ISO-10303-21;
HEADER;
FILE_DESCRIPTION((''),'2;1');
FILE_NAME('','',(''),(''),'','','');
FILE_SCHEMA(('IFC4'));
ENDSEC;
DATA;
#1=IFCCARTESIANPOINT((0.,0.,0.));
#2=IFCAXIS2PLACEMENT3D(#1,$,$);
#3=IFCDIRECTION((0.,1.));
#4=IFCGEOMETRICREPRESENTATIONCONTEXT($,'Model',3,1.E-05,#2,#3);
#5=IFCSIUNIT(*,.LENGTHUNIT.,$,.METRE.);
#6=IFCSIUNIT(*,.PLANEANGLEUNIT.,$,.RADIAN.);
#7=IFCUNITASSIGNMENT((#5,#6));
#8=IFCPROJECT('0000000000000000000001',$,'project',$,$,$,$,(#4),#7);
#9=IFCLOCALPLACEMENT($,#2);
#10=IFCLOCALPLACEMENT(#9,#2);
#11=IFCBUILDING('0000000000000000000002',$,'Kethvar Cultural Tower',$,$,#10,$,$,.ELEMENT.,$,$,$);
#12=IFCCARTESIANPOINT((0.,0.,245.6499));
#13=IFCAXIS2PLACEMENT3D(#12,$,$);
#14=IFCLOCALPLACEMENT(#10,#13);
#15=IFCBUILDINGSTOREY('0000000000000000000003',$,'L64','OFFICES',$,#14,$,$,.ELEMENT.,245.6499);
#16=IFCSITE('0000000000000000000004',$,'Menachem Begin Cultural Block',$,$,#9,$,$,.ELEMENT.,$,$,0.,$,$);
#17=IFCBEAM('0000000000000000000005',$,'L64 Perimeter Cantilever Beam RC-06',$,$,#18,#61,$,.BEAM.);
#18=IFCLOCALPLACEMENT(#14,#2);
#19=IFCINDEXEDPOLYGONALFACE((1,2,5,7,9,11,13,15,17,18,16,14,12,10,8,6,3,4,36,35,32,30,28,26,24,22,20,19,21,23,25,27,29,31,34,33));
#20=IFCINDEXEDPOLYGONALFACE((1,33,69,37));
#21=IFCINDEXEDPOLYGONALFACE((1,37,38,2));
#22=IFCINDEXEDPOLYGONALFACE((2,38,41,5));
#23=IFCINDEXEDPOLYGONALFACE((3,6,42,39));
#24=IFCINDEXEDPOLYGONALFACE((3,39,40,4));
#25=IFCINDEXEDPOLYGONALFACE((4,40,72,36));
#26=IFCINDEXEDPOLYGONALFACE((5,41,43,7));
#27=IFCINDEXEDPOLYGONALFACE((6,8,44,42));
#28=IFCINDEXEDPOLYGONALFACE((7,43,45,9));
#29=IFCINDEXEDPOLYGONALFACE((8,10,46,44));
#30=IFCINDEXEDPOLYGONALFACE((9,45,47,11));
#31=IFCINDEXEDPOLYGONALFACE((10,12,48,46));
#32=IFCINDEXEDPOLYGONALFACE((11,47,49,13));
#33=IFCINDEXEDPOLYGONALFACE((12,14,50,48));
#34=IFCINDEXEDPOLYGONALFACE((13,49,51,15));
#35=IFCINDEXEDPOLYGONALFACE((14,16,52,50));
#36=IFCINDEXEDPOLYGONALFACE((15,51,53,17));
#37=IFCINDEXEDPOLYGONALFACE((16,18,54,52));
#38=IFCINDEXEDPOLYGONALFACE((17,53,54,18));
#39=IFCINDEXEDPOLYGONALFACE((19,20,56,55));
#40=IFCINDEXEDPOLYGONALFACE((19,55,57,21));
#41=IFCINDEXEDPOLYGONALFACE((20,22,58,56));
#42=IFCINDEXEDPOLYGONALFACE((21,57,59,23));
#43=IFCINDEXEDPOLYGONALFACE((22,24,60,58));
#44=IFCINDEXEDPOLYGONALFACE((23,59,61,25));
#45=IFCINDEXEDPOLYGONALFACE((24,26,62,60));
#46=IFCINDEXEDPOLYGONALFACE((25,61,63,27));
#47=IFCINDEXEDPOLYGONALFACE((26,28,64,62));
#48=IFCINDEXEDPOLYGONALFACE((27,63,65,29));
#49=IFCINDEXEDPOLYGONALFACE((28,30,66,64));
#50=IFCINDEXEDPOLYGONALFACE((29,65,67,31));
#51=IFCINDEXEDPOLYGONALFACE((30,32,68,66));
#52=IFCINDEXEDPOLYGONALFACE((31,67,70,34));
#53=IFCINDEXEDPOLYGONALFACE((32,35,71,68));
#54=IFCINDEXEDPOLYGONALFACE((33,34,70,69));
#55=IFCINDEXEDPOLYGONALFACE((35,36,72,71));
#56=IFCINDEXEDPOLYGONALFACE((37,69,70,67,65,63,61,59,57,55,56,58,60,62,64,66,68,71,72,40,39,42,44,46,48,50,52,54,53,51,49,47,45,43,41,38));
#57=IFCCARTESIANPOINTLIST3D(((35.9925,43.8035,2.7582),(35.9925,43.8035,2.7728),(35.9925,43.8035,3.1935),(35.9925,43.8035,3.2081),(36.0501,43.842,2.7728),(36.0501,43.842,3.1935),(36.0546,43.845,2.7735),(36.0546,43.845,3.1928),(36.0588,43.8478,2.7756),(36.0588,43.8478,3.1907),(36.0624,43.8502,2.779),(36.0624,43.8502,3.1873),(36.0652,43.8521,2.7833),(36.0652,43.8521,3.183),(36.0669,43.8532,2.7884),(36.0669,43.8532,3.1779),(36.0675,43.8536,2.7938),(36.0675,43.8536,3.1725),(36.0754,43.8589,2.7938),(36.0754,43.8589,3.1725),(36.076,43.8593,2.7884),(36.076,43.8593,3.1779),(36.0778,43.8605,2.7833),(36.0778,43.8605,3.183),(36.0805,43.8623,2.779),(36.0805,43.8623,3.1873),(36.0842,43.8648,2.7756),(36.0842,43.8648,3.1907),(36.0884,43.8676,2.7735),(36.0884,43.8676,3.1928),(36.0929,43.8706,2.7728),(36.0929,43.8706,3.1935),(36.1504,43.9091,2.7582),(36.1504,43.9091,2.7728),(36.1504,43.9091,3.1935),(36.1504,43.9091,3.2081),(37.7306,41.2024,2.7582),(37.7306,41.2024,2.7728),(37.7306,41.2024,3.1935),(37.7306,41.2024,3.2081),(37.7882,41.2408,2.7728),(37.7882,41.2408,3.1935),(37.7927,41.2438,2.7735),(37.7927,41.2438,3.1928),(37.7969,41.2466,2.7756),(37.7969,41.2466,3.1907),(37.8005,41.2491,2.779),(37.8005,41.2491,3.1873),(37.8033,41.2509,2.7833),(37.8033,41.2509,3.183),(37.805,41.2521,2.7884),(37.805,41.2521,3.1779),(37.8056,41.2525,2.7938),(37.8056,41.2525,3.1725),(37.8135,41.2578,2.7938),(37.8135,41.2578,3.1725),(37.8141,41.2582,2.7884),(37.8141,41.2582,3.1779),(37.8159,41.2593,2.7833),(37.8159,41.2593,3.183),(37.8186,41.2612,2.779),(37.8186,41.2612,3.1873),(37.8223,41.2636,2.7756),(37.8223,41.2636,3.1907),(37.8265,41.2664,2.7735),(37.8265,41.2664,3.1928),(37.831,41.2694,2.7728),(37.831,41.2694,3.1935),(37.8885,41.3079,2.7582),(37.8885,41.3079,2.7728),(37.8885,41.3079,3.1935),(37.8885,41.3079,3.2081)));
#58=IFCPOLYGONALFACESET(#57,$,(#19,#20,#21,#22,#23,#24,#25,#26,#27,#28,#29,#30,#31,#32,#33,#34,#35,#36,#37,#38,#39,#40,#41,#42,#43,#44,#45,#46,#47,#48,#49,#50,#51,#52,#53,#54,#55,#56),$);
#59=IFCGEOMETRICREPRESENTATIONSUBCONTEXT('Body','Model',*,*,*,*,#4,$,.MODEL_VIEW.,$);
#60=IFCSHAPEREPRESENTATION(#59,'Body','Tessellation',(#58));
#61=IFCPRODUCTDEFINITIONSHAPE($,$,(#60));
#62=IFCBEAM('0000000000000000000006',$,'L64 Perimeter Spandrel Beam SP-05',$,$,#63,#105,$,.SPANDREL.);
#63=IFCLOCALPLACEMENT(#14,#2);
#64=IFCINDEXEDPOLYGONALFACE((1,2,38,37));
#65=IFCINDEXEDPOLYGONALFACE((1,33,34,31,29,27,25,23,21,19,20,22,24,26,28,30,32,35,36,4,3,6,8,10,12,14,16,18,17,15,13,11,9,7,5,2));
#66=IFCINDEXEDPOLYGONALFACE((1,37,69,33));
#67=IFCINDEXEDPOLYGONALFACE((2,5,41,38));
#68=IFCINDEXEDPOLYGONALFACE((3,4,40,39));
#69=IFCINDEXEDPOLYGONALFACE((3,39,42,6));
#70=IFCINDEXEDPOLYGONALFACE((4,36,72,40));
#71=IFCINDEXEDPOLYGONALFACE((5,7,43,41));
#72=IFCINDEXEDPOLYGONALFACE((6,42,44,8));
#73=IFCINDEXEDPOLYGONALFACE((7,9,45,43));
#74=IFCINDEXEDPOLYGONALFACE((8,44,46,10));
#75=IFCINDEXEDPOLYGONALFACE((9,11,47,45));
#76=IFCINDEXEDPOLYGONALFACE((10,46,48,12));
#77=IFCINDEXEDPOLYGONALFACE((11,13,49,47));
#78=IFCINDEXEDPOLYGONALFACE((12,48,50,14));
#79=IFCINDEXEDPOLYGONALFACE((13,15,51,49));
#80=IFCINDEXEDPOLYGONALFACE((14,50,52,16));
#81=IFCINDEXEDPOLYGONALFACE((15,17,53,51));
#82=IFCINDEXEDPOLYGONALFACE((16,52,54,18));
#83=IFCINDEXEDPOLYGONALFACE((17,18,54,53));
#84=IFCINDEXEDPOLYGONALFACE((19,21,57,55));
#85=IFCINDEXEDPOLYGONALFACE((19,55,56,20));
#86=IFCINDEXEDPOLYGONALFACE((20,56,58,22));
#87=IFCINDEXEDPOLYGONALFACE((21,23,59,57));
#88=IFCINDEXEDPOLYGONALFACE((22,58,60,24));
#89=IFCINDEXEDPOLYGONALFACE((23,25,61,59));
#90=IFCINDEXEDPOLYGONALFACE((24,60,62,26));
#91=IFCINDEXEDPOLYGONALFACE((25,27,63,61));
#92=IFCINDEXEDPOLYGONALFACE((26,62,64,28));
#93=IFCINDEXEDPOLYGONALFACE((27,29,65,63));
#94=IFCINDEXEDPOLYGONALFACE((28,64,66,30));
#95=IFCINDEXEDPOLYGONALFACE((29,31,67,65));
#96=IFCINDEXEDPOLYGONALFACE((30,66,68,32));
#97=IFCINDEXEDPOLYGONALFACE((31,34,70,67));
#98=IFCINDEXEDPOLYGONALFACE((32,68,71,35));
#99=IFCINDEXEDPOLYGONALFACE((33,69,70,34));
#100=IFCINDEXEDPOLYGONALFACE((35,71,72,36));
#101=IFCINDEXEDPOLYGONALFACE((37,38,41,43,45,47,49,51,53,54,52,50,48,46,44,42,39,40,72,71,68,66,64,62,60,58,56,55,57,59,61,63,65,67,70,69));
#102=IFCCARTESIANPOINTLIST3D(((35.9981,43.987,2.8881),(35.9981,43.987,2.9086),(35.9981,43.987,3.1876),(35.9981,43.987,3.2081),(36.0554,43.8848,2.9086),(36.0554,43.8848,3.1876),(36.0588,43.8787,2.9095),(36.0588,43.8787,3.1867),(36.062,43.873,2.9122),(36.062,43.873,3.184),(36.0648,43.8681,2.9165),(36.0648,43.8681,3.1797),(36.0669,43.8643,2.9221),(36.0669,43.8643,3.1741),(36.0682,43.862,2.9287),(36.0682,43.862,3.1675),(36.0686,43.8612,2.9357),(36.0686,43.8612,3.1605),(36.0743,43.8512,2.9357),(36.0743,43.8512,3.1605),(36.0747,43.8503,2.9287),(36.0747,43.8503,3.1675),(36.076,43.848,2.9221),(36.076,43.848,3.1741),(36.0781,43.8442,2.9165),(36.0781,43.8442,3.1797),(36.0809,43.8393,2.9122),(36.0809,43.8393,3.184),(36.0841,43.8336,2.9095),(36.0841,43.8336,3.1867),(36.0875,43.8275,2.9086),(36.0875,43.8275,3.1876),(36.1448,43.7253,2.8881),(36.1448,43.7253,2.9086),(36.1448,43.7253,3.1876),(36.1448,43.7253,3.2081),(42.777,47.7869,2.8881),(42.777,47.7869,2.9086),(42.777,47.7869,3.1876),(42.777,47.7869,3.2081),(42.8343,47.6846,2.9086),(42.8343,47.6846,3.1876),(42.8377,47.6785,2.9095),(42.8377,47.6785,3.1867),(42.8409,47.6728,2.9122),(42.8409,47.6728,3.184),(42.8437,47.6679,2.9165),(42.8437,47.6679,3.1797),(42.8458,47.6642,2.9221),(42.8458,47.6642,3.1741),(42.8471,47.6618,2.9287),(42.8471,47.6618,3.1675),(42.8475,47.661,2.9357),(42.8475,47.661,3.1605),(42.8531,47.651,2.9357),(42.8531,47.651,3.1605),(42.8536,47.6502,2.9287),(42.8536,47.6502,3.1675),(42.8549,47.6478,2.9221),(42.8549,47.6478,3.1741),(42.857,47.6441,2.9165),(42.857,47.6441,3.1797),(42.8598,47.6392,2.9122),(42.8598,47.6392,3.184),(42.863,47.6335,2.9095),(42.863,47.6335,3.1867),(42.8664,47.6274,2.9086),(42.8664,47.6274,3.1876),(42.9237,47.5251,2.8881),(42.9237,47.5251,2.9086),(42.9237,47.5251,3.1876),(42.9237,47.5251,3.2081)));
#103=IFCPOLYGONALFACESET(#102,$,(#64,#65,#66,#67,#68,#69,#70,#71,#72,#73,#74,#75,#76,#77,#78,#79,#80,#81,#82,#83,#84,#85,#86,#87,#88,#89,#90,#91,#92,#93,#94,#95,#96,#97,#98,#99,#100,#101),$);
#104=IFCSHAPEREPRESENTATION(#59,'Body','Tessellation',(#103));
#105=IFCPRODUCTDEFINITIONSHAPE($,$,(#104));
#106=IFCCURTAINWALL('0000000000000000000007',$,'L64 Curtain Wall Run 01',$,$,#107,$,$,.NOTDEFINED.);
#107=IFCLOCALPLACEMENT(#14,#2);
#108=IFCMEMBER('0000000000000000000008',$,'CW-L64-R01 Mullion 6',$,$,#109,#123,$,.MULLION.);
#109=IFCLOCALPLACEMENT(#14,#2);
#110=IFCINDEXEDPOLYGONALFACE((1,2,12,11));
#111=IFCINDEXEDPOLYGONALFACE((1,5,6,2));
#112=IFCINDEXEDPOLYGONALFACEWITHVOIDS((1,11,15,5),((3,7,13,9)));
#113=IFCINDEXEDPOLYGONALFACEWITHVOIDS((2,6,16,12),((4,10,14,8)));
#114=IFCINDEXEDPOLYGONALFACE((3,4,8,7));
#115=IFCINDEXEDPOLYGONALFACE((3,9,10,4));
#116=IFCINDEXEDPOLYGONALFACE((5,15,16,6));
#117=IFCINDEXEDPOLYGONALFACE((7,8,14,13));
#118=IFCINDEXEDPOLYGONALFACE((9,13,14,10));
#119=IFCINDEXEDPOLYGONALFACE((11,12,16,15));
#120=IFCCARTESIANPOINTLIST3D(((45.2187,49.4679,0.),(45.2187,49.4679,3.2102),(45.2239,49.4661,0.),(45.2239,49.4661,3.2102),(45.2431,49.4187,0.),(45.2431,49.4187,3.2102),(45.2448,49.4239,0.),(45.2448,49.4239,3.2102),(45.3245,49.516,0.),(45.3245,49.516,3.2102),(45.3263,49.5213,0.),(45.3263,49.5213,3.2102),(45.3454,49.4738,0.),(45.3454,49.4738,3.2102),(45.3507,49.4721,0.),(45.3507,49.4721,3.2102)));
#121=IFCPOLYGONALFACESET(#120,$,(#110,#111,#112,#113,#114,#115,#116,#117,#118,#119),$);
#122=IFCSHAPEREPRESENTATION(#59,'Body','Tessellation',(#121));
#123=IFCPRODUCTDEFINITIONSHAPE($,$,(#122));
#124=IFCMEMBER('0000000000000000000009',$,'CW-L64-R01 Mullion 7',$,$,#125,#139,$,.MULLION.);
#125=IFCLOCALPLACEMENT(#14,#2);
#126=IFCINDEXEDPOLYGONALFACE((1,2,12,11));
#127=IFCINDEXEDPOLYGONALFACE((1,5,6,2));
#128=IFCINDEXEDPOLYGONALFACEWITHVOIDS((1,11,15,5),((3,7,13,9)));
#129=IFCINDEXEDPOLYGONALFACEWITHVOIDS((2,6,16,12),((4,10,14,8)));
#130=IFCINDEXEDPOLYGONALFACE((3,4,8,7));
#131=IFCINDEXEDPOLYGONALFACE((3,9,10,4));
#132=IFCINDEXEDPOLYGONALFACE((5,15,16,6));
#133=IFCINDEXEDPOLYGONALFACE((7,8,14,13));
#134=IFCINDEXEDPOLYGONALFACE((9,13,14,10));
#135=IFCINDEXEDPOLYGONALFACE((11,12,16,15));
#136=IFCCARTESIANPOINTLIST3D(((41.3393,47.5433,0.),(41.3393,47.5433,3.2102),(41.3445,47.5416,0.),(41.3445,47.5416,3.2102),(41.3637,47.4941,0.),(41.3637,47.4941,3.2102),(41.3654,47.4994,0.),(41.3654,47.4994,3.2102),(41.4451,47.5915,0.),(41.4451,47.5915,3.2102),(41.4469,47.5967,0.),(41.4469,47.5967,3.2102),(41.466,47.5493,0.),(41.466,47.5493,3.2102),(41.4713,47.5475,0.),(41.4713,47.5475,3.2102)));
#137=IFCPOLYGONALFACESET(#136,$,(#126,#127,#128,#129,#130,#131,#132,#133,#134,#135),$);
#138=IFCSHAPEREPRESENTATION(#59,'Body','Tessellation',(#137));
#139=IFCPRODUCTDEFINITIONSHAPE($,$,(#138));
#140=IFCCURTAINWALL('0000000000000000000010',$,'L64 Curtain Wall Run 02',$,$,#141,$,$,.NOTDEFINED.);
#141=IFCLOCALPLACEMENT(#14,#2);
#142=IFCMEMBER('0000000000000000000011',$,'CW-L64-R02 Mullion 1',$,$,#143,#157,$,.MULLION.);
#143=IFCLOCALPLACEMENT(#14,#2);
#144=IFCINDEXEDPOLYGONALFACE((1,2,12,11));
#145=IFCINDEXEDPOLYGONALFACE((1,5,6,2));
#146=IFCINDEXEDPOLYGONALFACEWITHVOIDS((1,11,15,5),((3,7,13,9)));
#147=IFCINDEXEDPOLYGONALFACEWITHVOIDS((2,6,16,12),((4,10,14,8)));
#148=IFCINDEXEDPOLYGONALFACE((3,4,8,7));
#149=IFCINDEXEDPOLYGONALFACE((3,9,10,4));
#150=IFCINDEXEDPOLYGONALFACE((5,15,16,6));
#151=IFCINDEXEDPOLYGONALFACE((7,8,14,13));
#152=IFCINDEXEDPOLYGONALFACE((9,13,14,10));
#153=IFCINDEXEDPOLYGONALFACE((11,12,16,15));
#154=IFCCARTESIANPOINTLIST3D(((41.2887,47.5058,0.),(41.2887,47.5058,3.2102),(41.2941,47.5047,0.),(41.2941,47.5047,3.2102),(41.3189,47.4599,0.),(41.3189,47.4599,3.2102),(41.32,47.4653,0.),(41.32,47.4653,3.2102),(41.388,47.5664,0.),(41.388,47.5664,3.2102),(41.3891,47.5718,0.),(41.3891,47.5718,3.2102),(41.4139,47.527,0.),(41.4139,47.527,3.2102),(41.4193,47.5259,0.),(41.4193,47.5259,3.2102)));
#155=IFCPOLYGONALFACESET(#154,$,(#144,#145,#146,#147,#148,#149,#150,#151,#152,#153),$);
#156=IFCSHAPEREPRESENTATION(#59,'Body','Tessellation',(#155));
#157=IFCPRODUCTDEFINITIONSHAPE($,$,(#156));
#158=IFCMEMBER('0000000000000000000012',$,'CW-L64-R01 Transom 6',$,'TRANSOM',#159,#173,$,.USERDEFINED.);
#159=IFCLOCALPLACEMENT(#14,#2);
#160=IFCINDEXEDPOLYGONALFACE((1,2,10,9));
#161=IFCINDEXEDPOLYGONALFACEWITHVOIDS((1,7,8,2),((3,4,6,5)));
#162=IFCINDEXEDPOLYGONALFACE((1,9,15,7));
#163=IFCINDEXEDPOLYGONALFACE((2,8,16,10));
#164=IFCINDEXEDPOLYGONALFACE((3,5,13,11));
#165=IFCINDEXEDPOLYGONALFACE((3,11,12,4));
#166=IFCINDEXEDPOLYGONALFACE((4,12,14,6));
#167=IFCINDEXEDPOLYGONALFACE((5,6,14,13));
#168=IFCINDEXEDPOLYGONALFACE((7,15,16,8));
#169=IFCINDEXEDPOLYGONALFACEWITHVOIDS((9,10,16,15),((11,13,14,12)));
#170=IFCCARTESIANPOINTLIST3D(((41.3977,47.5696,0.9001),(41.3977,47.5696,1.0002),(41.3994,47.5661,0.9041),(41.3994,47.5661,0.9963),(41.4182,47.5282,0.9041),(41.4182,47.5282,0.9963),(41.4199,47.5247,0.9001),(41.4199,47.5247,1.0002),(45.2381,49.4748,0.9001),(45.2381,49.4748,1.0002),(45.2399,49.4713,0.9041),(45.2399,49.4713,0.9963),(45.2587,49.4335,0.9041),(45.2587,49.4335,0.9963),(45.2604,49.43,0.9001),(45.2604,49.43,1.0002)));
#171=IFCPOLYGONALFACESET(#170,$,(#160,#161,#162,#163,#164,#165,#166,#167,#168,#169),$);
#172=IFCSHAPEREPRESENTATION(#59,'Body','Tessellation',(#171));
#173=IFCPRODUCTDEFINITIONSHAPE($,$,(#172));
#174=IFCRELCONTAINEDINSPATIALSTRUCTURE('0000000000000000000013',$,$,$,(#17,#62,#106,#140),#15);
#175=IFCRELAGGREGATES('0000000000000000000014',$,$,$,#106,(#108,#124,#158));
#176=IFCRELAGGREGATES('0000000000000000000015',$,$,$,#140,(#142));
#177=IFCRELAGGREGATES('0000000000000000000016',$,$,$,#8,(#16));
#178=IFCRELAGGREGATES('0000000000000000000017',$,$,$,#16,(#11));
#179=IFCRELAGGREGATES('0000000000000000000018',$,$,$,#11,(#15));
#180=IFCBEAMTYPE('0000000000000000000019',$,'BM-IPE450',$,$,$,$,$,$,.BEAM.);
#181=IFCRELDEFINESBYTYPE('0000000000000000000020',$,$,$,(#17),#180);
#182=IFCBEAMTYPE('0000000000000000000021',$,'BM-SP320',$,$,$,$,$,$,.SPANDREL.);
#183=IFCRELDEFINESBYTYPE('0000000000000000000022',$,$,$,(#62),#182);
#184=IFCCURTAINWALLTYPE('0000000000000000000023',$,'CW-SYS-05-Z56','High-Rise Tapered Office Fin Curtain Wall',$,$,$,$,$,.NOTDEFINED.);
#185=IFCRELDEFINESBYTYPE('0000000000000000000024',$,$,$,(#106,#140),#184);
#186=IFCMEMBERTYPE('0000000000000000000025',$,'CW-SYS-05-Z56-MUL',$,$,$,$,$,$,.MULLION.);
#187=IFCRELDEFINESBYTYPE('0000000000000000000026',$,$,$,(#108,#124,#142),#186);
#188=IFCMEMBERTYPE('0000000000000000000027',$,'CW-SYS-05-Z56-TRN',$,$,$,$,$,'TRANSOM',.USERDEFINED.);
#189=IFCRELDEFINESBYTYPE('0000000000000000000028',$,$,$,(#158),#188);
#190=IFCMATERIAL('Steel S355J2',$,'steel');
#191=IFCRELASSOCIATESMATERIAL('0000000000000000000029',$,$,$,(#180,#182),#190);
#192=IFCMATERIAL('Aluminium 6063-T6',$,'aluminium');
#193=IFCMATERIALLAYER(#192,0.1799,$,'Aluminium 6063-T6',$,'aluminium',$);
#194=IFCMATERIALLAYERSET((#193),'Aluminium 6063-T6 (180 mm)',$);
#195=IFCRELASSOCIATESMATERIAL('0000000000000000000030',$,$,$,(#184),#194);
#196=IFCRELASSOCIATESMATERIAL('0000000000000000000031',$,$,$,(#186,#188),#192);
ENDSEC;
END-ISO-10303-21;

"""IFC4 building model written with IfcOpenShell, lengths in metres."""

from ifc_helpers import new_model, si_unit, direction, frame, origin, origin_2d, place, context, subcontext, project, spatial, hollow_rectangle, i_section, extrude, source, transform, mapped, material, layer, layer_set, material_profile, profile_set, type_object, element, aggregate, save


model = new_model("IFC4")

# Units and contexts
model_context = context("Model", 3, precision=1e-05, world=origin(), true_north=direction((0.0, 1.0)))
body_context = subcontext(model_context, "Body", "Model", "MODEL_VIEW")
ifc_project = project(units=[si_unit("LENGTHUNIT", "METRE"), si_unit("PLANEANGLEUNIT", "RADIAN")], contexts=[model_context])

# Site, building, storey
site_placement = place(None, origin())
site = spatial("IfcSite", under=ifc_project, at=site_placement, Name="Menachem Begin Cultural Block", CompositionType="ELEMENT", RefElevation=0.0)
building_placement = place(site_placement, origin())
building = spatial("IfcBuilding", under=site, at=building_placement, Name="Kethvar Cultural Tower", CompositionType="ELEMENT")
storey_placement = place(building_placement, frame((0.0, 0.0, 245.6499)))
storey = spatial("IfcBuildingStorey", under=building, at=storey_placement, Name="L64", Description="OFFICES", CompositionType="ELEMENT", Elevation=245.6499)

# Beams
ifc_material_1 = material(Name="Steel S355J2", Category="steel")
ifc_material_profile_1 = material_profile(ifc_material_1, i_section(OverallWidth=0.1899, OverallDepth=0.45, WebThickness=0.0095, FlangeThickness=0.0146, FilletRadius=0.021, at=origin_2d()), Name="Steel S355J2 — IPE450")
ifc_profile_set_1 = profile_set([ifc_material_profile_1], Name="Steel S355J2 — IPE450")
beam_type_1 = type_object("IfcBeamType", Name="BM-IPE450", PredefinedType="BEAM", material=ifc_profile_set_1)
shared_shape_1 = source(origin(), body_context, "Body", "SweptSolid", [
    extrude(i_section(OverallWidth=0.1899, OverallDepth=0.45, WebThickness=0.0095, FlangeThickness=0.0146, FilletRadius=0.021, at=origin_2d()), origin(), (0.0, 0.0, 1.0), 3.1284),
])
beam_1_placement = place(storey_placement, frame((37.8096, 41.2551, 2.9832), z_axis=(-0.555582, 0.831462, 0.0), x_axis=(-0.831462, -0.555582, 0.0)))
element("IfcBeam", 1, at=beam_1_placement, inside=storey, type_object=beam_type_1, Name="L64 Perimeter Cantilever Beam RC-06", PredefinedType="BEAM", context=body_context, shape_type="MappedRepresentation", body=[
    mapped(shared_shape_1, transform((0.0, 0.0, 0.0), scale=1.0)),
])
ifc_material_profile_2 = material_profile(ifc_material_1, i_section(OverallWidth=0.3, OverallDepth=0.3201, WebThickness=0.0115, FlangeThickness=0.0205, FilletRadius=0.0271, at=origin_2d()), Name="Steel S355J2 — HEB320")
ifc_profile_set_2 = profile_set([ifc_material_profile_2], Name="Steel S355J2 — HEB320")
beam_type_2 = type_object("IfcBeamType", Name="BM-SP320", PredefinedType="SPANDREL", material=ifc_profile_set_2)
shared_shape_2 = source(origin(), body_context, "Body", "SweptSolid", [
    extrude(i_section(OverallWidth=0.3, OverallDepth=0.3201, WebThickness=0.0115, FlangeThickness=0.0205, FilletRadius=0.0271, at=origin_2d()), origin(), (0.0, 0.0, 1.0), 7.7712),
])
beam_2_placement = place(storey_placement, frame((42.8503, 47.656, 3.0481), z_axis=(-0.872305, -0.488963, 0.0), x_axis=(0.488963, -0.872305, 0.0)))
element("IfcBeam", 2, at=beam_2_placement, inside=storey, type_object=beam_type_2, Name="L64 Perimeter Spandrel Beam SP-05", PredefinedType="SPANDREL", context=body_context, shape_type="MappedRepresentation", body=[
    mapped(shared_shape_2, transform((0.0, 0.0, 0.0), scale=1.0)),
])

# Curtain wall, members
ifc_material_2 = material(Name="Aluminium 6063-T6", Category="aluminium")
ifc_layer_1 = layer(ifc_material_2, 0.1799, Name="Aluminium 6063-T6", Category="aluminium")
ifc_layer_set_1 = layer_set([ifc_layer_1], Name="Aluminium 6063-T6 (180 mm)")
curtain_wall_type = type_object("IfcCurtainWallType", Name="CW-SYS-05-Z56", Description="High-Rise Tapered Office Fin Curtain Wall", PredefinedType="NOTDEFINED", material=ifc_layer_set_1)
curtain_wall_1_placement = place(storey_placement, origin())
curtain_wall_1 = element("IfcCurtainWall", 3, at=curtain_wall_1_placement, inside=storey, type_object=curtain_wall_type, Name="L64 Curtain Wall Run 01", PredefinedType="NOTDEFINED")
ifc_material_profile_3 = material_profile(ifc_material_2, hollow_rectangle(XDim=0.0549, YDim=0.1201, WallThickness=0.0039, at=origin_2d()), Name="Aluminium 6063-T6 — RHS120x55x4")
ifc_profile_set_3 = profile_set([ifc_material_profile_3], Name="Aluminium 6063-T6 — RHS120x55x4")
member_type_1 = type_object("IfcMemberType", Name="CW-SYS-05-Z56-MUL", PredefinedType="MULLION", material=ifc_profile_set_3)
shared_shape_3 = source(origin(), body_context, "Body", "SweptSolid", [
    extrude(hollow_rectangle(XDim=0.0549, YDim=0.1201, WallThickness=0.0039, at=origin_2d()), origin(), (0.0, 0.0, 1.0), 3.2102),
])
member_1_placement = place(storey_placement, frame((45.2847, 49.47, 0.0), z_axis=(0.0, 0.0, 1.0), x_axis=(0.444401, -0.895828, 0.0)))
member_1 = element("IfcMember", 4, at=member_1_placement, type_object=member_type_1, Name="CW-L64-R01 Mullion 6", PredefinedType="MULLION", context=body_context, shape_type="MappedRepresentation", body=[
    mapped(shared_shape_3, transform((0.0, 0.0, 0.0), scale=1.0)),
])
member_2_placement = place(storey_placement, frame((41.4053, 47.5454, 0.0), z_axis=(0.0, 0.0, 1.0), x_axis=(0.444401, -0.895828, 0.0)))
member_2 = element("IfcMember", 5, at=member_2_placement, type_object=member_type_1, Name="CW-L64-R01 Mullion 7", PredefinedType="MULLION", context=body_context, shape_type="MappedRepresentation", body=[
    mapped(shared_shape_3, transform((0.0, 0.0, 0.0), scale=1.0)),
])

# Curtain wall, member
curtain_wall_2_placement = place(storey_placement, origin())
curtain_wall_2 = element("IfcCurtainWall", 6, at=curtain_wall_2_placement, inside=storey, type_object=curtain_wall_type, Name="L64 Curtain Wall Run 02", PredefinedType="NOTDEFINED")
member_3_placement = place(storey_placement, frame((41.354, 47.5159, 0.0), z_axis=(0.0, 0.0, 1.0), x_axis=(0.549417, -0.835549, 0.0)))
member_3 = element("IfcMember", 7, at=member_3_placement, type_object=member_type_1, Name="CW-L64-R02 Mullion 1", PredefinedType="MULLION", context=body_context, shape_type="MappedRepresentation", body=[
    mapped(shared_shape_3, transform((0.0, 0.0, 0.0), scale=1.0)),
])

# Member
ifc_material_profile_4 = material_profile(ifc_material_2, hollow_rectangle(XDim=0.05, YDim=0.1001, WallThickness=0.0039, at=origin_2d()), Name="Aluminium 6063-T6 — RHS100x50x4")
ifc_profile_set_4 = profile_set([ifc_material_profile_4], Name="Aluminium 6063-T6 — RHS100x50x4")
member_type_2 = type_object("IfcMemberType", Name="CW-SYS-05-Z56-TRN", ElementType="TRANSOM", PredefinedType="USERDEFINED", material=ifc_profile_set_4)
shared_shape_4 = source(origin(), body_context, "Body", "SweptSolid", [
    extrude(hollow_rectangle(XDim=0.05, YDim=0.1001, WallThickness=0.0039, at=origin_2d()), origin(), (0.0, 0.0, 1.0), 4.2871),
])
member_4_placement = place(storey_placement, frame((45.2493, 49.4524, 0.9502), z_axis=(-0.895824, -0.44441, 0.0), x_axis=(0.44441, -0.895824, 0.0)))
member_4 = element("IfcMember", 8, at=member_4_placement, type_object=member_type_2, Name="CW-L64-R01 Transom 6", ObjectType="TRANSOM", PredefinedType="USERDEFINED", context=body_context, shape_type="MappedRepresentation", body=[
    mapped(shared_shape_4, transform((0.0, 0.0, 0.0), scale=1.0)),
])

aggregate(curtain_wall_1, [member_1, member_2, member_4])
aggregate(curtain_wall_2, [member_3])

save(model, "model.ifc")
